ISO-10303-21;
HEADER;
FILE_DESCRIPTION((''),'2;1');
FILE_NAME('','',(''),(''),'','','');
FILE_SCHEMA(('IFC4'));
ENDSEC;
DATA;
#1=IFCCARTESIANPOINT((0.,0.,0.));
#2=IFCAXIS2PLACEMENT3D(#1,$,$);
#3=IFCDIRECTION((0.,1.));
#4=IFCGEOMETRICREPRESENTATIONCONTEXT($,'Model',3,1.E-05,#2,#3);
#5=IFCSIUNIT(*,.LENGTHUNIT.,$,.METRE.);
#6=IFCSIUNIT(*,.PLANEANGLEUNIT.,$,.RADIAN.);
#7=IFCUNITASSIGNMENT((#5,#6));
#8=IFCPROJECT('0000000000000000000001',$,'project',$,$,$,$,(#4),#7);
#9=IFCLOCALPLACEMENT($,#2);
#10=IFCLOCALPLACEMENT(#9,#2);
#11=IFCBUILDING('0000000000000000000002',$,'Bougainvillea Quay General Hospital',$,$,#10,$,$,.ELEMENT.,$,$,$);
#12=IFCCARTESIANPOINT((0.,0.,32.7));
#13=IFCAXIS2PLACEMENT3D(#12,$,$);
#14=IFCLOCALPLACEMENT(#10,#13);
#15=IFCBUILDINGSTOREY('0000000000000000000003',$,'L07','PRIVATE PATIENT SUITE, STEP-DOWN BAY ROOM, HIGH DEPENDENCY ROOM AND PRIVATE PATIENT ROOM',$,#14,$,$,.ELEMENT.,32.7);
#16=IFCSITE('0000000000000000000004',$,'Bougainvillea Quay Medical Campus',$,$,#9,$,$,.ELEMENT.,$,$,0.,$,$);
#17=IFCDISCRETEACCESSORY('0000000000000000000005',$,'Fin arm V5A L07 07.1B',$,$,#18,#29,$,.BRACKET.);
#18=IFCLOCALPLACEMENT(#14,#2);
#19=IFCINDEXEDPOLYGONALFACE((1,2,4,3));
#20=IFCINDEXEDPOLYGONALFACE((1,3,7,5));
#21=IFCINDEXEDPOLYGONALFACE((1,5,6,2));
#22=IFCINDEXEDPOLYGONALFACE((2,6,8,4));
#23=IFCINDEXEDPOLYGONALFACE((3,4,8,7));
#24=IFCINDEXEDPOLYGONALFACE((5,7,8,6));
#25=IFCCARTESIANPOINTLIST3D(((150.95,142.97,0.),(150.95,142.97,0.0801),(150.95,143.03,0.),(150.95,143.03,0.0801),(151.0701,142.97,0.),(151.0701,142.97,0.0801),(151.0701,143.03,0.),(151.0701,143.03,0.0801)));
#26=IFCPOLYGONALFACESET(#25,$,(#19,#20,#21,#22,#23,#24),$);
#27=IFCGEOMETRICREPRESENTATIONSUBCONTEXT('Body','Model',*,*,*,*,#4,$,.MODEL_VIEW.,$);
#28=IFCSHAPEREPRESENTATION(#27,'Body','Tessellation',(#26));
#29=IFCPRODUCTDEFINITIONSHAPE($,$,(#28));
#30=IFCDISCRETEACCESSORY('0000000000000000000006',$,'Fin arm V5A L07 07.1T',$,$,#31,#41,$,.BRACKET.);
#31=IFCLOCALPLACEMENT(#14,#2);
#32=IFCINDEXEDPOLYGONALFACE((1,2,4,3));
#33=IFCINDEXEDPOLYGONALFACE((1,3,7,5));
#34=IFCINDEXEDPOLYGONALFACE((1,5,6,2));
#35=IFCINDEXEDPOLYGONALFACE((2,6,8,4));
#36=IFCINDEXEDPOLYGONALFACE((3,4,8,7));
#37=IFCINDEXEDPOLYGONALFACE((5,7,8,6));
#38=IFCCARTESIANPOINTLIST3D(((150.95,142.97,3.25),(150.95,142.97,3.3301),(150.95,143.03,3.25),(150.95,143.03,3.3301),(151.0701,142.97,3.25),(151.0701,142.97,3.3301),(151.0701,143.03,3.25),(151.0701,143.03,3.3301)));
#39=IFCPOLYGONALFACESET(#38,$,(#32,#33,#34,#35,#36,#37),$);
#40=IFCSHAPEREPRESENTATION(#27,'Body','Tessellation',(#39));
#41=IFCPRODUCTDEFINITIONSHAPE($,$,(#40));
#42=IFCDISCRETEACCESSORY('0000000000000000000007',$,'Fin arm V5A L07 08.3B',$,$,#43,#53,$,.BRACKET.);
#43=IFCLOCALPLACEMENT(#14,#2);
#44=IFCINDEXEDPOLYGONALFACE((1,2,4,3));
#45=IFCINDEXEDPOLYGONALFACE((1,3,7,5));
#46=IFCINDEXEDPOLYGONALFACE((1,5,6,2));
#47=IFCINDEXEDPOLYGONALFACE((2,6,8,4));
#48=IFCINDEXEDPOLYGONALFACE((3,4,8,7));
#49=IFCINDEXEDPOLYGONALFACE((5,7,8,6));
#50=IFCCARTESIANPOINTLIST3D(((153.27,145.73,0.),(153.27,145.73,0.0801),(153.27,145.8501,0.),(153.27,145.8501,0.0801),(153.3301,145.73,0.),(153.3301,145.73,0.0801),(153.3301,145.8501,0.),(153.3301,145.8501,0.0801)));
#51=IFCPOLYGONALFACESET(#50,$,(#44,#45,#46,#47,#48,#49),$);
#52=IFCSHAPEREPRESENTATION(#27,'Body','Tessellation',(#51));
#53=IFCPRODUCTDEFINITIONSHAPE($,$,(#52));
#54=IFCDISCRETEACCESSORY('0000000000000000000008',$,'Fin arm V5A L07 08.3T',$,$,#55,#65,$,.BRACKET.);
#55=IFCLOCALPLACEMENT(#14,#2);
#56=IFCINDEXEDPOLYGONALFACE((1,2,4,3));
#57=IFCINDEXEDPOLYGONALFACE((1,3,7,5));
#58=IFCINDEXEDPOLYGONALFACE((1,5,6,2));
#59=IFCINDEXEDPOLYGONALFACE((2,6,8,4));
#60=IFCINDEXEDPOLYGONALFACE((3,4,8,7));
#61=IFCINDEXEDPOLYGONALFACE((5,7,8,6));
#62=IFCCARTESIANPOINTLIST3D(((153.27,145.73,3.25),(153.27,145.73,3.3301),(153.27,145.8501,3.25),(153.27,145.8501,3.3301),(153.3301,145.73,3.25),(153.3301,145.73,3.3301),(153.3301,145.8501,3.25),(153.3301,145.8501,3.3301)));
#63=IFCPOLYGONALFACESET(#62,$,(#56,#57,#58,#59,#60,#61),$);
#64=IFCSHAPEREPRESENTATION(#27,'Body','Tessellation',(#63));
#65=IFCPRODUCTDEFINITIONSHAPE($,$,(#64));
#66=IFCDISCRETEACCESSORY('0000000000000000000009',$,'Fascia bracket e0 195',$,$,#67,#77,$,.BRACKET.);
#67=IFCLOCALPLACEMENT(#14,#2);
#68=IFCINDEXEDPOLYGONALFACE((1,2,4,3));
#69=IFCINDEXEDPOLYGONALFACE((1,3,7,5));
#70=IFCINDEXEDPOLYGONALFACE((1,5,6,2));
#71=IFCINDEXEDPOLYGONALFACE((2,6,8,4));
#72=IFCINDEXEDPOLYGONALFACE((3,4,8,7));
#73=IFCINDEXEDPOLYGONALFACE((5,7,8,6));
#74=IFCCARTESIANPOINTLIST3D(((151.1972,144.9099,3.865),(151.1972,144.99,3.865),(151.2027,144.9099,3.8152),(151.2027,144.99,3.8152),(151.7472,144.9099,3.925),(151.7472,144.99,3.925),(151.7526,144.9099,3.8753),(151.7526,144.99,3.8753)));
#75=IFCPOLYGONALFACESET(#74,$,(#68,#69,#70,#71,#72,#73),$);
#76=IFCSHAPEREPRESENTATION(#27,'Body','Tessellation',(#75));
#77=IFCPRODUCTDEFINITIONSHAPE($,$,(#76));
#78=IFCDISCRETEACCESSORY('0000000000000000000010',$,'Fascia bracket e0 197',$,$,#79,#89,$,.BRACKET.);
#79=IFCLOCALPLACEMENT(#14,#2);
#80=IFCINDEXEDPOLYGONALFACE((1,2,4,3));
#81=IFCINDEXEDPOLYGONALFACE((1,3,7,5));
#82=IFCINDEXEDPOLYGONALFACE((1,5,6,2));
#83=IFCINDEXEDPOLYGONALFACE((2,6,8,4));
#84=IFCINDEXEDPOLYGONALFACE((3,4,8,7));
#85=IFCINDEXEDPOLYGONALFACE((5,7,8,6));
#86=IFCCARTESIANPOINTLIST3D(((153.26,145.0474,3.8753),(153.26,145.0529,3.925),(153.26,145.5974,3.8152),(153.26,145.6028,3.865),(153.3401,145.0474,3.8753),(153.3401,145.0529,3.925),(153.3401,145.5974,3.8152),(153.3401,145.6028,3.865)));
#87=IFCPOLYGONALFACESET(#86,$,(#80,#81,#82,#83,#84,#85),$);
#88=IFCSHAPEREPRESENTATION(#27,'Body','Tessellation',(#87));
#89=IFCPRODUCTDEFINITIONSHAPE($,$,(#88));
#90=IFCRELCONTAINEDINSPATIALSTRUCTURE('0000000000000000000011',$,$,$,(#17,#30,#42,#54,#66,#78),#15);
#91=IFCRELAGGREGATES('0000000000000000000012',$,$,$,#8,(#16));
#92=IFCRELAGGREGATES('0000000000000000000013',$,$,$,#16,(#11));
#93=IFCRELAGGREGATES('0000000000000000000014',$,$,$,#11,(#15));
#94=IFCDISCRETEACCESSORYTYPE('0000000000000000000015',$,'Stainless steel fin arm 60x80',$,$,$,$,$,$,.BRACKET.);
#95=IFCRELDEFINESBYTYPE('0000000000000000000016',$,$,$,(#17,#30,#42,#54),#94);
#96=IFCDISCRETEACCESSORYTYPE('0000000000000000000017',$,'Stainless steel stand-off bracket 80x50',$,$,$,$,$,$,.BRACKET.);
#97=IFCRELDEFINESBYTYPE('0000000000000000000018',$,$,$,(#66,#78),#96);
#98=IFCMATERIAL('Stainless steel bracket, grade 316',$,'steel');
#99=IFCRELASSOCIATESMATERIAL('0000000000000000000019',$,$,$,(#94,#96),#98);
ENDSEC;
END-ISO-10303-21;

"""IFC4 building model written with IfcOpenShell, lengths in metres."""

from ifc_helpers import new_model, si_unit, direction, frame, origin, origin_2d, place, context, subcontext, project, spatial, rectangle, extrude, material, material_profile, profile_set, type_object, element, save


model = new_model("IFC4")

# Units and contexts
model_context = context("Model", 3, precision=1e-05, world=origin(), true_north=direction((0.0, 1.0)))
body_context = subcontext(model_context, "Body", "Model", "MODEL_VIEW")
ifc_project = project(units=[si_unit("LENGTHUNIT", "METRE"), si_unit("PLANEANGLEUNIT", "RADIAN")], contexts=[model_context])

# Site, building, storey
site_placement = place(None, origin())
site = spatial("IfcSite", under=ifc_project, at=site_placement, Name="Bougainvillea Quay Medical Campus", CompositionType="ELEMENT", RefElevation=0.0)
building_placement = place(site_placement, origin())
building = spatial("IfcBuilding", under=site, at=building_placement, Name="Bougainvillea Quay General Hospital", CompositionType="ELEMENT")
storey_placement = place(building_placement, frame((0.0, 0.0, 32.7)))
storey = spatial("IfcBuildingStorey", under=building, at=storey_placement, Name="L07", Description="PRIVATE PATIENT SUITE, STEP-DOWN BAY ROOM, HIGH DEPENDENCY ROOM AND PRIVATE PATIENT ROOM", CompositionType="ELEMENT", Elevation=32.7)

# Discrete accessories
ifc_material_1 = material(Name="Stainless steel bracket, grade 316", Category="steel")
discrete_accessory_type_1 = type_object("IfcDiscreteAccessoryType", Name="Stainless steel fin arm 60x80", PredefinedType="BRACKET", material=ifc_material_1)
for number, where, z_axis, x_axis, name in (
    (1, (151.01, 143.0, 0.0), (0.0, 0.0, 1.0), (1.0, 0.0, 0.0), "Fin arm V5A L07 07.1B"),
    (2, (151.01, 143.0, 3.25), (0.0, 0.0, 1.0), (1.0, 0.0, 0.0), "Fin arm V5A L07 07.1T"),
    (3, (153.3, 145.79, 0.0), (0.0, 0.0, 1.0), (0.0, -1.0, 0.0), "Fin arm V5A L07 08.3B"),
    (4, (153.3, 145.79, 3.25), (0.0, 0.0, 1.0), (0.0, -1.0, 0.0), "Fin arm V5A L07 08.3T"),
):
    element("IfcDiscreteAccessory", number, at=place(storey_placement, frame(where, z_axis=z_axis, x_axis=x_axis)), inside=storey, type_object=discrete_accessory_type_1, Name=name, PredefinedType="BRACKET", context=body_context, shape_type="SweptSolid", body=[
        extrude(rectangle(XDim=0.1201, YDim=0.0601, at=origin_2d()), origin(), (0.0, 0.0, 1.0), 0.0801),
    ])
ifc_material_profile_1 = material_profile(ifc_material_1, rectangle(XDim=0.0801, YDim=0.05, at=origin_2d()))
ifc_profile_set_1 = profile_set([ifc_material_profile_1], Name="Stainless steel bracket, grade 316")
discrete_accessory_type_2 = type_object("IfcDiscreteAccessoryType", Name="Stainless steel stand-off bracket 80x50", PredefinedType="BRACKET", material=ifc_profile_set_1)
for number, where, z_axis, x_axis, name in (
    (5, (151.2, 144.95, 3.8401), (0.994092, 0.0, 0.108543), (0.0, 1.0, 0.0), "Fascia bracket e0 195"),
    (6, (153.3, 145.6001, 3.8401), (0.0, -0.994092, 0.108543), (1.0, 0.0, 0.0), "Fascia bracket e0 197"),
):
    element("IfcDiscreteAccessory", number, at=place(storey_placement, frame(where, z_axis=z_axis, x_axis=x_axis)), inside=storey, type_object=discrete_accessory_type_2, Name=name, PredefinedType="BRACKET", context=body_context, shape_type="SweptSolid", body=[
        extrude(rectangle(XDim=0.0801, YDim=0.05, at=origin_2d()), origin(), (0.0, 0.0, 1.0), 0.5532),
    ])

save(model, "model.ifc")
